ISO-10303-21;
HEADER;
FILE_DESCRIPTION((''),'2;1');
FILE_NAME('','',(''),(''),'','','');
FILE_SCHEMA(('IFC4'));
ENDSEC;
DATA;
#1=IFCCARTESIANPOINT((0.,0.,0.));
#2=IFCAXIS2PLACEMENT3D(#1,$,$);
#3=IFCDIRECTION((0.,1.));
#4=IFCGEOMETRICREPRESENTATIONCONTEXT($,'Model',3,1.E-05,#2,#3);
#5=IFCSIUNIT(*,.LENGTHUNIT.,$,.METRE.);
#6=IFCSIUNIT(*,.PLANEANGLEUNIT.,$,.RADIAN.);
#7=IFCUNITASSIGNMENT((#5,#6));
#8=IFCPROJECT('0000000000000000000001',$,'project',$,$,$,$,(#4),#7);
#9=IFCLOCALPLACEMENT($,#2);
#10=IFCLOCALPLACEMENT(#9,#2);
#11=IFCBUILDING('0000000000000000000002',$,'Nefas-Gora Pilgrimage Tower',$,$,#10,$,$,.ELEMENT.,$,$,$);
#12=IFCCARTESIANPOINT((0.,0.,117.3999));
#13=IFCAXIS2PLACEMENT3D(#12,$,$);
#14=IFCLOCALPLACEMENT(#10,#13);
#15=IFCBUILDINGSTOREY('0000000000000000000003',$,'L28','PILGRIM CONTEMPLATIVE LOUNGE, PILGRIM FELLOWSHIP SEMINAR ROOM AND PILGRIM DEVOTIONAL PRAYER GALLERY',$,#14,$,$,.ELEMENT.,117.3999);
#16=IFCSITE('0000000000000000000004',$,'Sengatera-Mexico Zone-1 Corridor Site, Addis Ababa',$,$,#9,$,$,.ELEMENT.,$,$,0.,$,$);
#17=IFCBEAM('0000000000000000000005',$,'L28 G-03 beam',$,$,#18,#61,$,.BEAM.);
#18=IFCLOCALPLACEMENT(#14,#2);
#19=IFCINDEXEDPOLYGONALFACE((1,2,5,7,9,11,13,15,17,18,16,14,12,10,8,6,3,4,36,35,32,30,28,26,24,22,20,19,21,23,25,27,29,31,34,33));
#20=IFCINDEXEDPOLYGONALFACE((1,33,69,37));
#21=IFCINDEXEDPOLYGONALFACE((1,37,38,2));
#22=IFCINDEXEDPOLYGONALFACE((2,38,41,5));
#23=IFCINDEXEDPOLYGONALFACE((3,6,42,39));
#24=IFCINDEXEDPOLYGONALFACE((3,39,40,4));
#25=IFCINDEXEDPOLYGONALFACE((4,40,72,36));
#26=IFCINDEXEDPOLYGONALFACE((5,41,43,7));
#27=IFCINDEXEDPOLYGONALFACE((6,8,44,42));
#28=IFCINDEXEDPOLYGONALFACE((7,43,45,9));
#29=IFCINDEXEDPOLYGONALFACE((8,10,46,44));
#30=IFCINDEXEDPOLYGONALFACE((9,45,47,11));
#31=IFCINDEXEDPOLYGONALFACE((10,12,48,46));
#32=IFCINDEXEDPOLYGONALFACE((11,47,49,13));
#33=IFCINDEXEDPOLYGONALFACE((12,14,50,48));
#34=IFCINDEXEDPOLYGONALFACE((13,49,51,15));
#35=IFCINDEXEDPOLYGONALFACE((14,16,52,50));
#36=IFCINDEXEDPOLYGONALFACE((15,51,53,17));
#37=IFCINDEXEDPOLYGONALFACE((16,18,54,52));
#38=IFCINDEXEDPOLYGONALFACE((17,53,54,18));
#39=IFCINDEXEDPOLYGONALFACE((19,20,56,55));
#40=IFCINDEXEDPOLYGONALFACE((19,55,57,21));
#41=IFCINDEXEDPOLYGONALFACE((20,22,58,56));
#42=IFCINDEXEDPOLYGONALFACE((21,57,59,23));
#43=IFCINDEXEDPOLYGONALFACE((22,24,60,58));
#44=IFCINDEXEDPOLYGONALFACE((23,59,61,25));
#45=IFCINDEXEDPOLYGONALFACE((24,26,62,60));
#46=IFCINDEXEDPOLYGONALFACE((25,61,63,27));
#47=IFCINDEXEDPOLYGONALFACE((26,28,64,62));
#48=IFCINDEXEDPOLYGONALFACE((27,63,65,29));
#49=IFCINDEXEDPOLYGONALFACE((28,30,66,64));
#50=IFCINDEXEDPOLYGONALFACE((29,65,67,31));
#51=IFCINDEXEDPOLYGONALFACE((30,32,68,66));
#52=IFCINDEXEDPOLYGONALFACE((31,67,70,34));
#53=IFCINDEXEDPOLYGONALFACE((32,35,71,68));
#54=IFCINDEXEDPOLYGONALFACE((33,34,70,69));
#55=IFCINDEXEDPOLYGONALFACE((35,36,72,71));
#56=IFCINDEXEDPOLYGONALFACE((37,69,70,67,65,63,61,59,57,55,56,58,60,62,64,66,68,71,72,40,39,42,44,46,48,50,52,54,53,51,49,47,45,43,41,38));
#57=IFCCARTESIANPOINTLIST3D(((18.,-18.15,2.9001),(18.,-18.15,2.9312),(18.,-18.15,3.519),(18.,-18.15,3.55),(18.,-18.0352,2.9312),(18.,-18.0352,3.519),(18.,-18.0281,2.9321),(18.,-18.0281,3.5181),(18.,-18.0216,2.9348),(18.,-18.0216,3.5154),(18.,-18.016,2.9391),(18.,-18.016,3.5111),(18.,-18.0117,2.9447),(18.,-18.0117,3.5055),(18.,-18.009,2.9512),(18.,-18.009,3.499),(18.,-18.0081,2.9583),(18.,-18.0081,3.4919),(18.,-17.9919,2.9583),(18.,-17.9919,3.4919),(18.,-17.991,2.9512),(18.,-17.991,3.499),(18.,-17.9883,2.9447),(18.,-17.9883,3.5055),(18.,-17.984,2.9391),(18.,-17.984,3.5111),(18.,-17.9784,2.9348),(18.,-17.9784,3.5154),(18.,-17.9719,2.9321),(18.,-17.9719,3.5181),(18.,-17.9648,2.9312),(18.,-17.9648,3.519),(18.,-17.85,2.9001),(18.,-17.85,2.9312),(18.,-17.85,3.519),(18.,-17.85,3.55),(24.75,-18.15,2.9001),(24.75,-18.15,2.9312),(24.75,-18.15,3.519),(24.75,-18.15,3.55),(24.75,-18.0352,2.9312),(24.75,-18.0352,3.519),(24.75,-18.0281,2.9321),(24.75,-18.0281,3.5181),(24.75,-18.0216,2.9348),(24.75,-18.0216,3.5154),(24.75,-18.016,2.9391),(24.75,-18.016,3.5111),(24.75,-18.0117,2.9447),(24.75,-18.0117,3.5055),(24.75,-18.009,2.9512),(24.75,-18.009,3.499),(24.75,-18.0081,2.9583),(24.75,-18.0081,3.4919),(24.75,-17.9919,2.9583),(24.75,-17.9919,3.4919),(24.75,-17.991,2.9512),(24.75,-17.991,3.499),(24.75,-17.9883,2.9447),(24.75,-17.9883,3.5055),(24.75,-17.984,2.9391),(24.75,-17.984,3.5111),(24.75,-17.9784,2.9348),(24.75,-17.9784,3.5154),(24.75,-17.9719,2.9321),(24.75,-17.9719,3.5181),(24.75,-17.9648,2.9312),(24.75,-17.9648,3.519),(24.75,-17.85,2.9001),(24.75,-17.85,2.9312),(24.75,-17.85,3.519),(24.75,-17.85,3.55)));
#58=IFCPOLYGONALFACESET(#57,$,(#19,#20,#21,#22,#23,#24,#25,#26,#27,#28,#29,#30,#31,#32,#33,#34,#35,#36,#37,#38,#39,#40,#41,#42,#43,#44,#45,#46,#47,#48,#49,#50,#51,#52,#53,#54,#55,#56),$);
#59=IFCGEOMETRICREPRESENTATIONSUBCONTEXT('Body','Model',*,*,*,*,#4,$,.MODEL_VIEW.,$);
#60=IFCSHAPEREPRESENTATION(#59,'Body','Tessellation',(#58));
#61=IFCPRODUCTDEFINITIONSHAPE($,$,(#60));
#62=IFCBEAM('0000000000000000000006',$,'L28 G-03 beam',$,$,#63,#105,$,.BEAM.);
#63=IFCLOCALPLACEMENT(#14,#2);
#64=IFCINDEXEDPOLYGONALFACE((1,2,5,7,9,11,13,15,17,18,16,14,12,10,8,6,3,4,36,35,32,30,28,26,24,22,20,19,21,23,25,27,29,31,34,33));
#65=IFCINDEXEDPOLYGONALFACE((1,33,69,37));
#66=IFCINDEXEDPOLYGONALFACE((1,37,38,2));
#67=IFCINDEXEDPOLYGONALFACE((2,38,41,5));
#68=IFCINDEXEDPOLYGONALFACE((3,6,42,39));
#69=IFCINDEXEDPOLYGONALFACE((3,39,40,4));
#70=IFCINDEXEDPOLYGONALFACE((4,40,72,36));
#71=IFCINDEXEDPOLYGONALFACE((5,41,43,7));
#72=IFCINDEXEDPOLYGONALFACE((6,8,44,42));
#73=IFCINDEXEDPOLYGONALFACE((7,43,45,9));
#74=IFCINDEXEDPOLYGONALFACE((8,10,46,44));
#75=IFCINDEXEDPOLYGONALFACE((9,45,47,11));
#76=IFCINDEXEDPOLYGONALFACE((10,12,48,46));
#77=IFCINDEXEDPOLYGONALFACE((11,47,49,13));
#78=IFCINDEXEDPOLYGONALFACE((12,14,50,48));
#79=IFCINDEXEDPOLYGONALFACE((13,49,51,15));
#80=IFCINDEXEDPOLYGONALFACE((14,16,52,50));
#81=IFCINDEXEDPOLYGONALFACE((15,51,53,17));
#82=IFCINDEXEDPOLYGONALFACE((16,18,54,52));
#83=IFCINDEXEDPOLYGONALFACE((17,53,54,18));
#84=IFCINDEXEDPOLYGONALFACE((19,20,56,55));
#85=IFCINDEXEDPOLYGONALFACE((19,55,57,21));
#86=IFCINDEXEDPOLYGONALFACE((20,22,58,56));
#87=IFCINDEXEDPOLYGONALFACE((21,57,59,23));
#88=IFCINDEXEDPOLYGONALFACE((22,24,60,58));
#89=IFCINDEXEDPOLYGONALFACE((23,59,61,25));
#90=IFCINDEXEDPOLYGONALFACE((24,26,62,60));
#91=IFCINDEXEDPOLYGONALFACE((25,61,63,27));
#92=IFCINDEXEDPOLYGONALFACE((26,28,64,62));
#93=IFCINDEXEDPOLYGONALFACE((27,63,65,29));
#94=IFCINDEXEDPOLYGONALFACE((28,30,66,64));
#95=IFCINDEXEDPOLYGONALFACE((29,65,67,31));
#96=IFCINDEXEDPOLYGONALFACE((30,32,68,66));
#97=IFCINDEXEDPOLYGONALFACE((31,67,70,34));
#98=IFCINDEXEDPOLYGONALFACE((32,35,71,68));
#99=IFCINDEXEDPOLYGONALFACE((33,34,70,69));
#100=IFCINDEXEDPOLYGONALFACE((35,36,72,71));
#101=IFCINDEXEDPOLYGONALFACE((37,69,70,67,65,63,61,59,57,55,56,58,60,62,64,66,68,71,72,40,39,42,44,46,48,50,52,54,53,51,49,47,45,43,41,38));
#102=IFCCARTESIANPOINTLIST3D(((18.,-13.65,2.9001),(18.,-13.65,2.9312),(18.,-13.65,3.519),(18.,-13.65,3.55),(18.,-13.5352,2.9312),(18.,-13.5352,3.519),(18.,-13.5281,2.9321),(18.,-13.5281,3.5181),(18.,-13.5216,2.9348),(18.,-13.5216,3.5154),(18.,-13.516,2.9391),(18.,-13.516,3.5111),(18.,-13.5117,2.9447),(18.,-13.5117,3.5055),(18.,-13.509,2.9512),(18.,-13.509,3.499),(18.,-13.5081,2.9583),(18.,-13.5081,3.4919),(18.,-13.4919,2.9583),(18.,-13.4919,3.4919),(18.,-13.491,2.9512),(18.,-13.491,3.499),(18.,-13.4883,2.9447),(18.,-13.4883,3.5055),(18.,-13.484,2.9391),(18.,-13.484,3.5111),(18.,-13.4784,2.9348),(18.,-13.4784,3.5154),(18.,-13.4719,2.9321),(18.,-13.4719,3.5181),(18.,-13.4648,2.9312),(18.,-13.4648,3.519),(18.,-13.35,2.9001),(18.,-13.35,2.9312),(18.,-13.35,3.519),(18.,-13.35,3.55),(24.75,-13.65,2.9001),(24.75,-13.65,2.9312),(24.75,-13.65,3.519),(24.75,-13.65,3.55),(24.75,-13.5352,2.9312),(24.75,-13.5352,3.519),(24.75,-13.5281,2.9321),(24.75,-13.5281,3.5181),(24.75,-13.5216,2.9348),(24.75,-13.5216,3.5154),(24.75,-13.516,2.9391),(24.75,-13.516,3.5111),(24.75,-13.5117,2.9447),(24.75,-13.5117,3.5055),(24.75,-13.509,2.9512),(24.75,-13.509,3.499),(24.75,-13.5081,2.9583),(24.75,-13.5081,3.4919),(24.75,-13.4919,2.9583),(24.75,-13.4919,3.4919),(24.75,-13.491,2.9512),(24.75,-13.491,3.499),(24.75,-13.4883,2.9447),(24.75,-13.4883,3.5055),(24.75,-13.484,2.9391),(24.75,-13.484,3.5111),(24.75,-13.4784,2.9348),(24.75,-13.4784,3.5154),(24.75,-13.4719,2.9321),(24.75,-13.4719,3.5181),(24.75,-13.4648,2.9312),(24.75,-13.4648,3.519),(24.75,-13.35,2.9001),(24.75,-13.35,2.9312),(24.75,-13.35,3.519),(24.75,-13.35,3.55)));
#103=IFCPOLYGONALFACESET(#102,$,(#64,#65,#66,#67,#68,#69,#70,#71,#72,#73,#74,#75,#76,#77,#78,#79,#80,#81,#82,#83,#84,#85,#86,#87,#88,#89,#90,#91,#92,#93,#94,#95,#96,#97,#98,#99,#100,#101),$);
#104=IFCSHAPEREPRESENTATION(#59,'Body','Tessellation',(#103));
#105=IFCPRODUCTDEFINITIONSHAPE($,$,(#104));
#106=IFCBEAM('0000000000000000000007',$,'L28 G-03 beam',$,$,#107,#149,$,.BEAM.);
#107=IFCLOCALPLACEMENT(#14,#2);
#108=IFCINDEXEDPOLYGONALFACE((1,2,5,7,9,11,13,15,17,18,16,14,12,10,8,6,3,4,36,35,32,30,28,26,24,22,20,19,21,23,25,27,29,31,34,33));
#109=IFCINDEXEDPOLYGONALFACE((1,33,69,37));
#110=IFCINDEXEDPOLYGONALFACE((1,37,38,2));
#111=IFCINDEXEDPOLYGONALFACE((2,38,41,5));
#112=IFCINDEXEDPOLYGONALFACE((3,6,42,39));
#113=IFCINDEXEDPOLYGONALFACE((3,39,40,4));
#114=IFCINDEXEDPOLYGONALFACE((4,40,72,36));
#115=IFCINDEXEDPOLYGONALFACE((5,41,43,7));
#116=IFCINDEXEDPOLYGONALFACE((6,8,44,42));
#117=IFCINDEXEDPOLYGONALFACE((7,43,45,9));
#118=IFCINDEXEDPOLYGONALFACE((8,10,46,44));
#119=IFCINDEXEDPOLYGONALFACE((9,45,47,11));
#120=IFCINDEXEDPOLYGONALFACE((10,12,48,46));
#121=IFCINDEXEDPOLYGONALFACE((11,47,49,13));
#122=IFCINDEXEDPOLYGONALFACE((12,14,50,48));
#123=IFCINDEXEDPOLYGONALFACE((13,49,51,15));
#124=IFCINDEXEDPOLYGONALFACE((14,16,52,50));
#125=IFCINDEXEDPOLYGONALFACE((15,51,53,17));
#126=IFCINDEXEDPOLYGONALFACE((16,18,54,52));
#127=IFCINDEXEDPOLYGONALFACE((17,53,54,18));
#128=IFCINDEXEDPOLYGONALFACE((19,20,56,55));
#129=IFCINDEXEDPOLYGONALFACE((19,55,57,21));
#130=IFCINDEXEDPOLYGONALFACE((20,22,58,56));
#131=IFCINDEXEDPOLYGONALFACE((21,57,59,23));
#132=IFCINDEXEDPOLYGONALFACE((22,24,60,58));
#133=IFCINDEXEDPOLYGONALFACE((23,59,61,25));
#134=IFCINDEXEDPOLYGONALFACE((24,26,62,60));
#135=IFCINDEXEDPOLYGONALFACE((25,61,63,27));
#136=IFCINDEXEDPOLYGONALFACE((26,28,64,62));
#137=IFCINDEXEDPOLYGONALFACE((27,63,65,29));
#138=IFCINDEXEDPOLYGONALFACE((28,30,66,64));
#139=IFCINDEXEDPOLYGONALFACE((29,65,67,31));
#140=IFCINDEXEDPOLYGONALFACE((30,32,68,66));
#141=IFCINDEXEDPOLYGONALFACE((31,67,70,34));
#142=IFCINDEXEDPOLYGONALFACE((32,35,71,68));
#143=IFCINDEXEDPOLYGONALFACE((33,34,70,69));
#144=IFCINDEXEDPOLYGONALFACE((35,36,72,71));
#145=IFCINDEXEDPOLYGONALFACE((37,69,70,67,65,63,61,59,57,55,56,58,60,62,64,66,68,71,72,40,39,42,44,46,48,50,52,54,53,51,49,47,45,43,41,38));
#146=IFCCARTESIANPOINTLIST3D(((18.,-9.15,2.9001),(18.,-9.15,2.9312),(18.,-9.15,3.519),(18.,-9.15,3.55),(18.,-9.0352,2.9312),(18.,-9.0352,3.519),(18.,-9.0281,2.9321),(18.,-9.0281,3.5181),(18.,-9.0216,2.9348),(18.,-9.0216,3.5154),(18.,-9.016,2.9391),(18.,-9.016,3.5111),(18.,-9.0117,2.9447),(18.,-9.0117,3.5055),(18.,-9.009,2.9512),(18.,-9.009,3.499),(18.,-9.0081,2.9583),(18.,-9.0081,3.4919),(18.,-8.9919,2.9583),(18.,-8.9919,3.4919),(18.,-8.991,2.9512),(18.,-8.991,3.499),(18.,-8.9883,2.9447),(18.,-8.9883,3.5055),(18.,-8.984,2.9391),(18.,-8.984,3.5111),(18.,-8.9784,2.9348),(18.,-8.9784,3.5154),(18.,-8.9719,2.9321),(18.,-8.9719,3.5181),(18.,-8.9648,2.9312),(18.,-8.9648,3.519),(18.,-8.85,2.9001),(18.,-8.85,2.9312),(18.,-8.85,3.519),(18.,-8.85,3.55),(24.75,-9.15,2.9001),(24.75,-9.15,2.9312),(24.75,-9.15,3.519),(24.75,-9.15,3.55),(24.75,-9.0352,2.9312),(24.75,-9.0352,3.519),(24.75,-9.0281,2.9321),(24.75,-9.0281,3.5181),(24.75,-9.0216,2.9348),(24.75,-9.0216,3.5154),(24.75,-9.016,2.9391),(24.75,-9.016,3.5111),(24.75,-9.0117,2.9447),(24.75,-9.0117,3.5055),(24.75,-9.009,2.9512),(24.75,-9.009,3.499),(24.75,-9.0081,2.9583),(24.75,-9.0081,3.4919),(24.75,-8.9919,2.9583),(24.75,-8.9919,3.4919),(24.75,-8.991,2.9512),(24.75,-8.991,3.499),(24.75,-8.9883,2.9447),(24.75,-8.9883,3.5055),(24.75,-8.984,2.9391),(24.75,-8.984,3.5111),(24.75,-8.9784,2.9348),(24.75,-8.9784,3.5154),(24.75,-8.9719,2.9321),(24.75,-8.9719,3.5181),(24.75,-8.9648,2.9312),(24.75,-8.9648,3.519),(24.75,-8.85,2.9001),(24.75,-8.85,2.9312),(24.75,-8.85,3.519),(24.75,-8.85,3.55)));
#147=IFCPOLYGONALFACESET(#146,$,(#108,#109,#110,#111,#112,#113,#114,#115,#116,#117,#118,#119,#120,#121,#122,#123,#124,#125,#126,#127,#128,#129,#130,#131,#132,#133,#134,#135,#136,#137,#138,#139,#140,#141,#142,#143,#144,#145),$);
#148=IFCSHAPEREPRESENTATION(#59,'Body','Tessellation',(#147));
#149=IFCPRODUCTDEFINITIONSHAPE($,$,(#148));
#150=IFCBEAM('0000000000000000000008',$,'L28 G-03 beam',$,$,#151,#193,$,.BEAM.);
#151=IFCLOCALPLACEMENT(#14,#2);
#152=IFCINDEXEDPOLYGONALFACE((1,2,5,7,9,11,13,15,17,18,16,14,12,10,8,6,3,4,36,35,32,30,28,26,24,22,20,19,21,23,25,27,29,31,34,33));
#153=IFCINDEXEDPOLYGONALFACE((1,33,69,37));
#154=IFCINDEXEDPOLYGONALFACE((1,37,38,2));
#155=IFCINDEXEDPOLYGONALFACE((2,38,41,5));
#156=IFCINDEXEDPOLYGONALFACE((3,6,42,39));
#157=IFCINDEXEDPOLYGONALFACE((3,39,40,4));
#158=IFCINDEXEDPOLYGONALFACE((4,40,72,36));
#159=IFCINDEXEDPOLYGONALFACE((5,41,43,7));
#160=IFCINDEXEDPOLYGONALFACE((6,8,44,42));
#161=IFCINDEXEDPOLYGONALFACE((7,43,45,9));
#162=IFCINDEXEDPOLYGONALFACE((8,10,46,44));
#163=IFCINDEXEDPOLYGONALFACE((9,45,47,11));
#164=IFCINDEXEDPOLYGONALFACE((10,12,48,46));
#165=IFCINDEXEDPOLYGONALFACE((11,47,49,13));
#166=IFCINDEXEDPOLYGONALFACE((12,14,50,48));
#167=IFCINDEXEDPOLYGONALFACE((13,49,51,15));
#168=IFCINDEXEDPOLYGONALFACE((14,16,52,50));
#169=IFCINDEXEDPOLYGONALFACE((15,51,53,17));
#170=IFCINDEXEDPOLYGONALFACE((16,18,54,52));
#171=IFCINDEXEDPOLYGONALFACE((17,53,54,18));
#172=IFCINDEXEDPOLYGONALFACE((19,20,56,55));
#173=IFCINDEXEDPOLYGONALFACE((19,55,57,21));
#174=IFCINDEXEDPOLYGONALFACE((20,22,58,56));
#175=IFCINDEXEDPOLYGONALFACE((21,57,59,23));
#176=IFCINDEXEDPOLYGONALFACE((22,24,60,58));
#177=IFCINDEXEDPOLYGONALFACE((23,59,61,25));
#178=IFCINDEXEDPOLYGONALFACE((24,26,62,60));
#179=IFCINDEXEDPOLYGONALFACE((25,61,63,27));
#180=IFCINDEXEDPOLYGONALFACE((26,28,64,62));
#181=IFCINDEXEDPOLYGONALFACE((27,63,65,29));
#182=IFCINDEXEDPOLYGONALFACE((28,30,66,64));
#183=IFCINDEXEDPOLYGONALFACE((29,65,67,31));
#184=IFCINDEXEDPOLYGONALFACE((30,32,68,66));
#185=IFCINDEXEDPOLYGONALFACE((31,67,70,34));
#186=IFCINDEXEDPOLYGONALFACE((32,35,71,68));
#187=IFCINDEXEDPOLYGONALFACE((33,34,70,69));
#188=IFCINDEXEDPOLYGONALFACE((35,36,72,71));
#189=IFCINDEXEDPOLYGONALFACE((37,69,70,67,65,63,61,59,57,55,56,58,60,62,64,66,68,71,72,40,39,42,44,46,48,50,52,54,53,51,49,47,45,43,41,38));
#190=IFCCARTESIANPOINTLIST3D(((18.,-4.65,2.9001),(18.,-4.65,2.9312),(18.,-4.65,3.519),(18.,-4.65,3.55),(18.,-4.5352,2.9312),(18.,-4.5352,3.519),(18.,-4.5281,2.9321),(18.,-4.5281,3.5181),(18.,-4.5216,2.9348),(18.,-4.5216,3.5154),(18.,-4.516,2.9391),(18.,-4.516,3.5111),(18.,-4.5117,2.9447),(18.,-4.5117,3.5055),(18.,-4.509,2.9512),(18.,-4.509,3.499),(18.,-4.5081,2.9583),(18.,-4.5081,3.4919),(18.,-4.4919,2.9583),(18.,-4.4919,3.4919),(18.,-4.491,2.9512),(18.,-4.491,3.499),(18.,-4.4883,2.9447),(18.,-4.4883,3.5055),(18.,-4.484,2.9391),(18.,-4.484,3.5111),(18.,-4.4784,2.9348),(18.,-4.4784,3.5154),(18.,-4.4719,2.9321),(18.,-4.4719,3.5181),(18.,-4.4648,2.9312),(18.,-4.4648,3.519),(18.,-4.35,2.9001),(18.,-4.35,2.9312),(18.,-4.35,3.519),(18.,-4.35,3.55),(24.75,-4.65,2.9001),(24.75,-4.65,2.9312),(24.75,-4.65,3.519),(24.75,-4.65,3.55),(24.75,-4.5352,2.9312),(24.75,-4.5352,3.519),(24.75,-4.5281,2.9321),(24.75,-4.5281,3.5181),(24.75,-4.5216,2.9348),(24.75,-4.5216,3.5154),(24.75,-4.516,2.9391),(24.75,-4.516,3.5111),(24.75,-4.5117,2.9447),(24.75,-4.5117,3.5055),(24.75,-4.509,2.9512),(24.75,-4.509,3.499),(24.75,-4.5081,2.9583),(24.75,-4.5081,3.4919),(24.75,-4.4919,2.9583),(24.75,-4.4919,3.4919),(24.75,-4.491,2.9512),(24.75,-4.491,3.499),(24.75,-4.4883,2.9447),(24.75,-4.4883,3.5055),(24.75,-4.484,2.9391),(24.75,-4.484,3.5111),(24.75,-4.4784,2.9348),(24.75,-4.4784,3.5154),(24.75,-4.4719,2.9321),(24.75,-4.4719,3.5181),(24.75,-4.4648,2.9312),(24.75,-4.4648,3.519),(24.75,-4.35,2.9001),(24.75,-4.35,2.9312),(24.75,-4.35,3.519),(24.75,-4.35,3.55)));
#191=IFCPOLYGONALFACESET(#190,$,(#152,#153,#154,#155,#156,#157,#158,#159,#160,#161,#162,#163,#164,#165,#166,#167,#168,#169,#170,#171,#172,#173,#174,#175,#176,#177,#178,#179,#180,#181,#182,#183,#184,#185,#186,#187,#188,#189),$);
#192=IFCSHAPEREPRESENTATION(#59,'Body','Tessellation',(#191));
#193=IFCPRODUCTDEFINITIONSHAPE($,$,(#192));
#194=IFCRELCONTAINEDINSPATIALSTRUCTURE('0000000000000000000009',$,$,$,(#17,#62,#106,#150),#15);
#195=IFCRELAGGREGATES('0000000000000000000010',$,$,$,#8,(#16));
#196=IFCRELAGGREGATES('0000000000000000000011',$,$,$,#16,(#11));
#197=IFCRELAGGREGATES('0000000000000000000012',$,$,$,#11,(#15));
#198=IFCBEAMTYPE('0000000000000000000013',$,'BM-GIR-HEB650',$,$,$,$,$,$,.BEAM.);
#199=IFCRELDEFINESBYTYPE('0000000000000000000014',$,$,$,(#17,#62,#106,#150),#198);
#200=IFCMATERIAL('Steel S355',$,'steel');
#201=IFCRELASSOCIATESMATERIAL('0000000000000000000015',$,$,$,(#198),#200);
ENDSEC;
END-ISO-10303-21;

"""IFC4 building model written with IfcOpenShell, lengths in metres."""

from ifc_helpers import new_model, si_unit, direction, frame, origin, origin_2d, place, context, subcontext, project, spatial, i_section, extrude, source, transform, mapped, material, material_profile, profile_set, type_object, element, save


model = new_model("IFC4")

# Units and contexts
model_context = context("Model", 3, precision=1e-05, world=origin(), true_north=direction((0.0, 1.0)))
body_context = subcontext(model_context, "Body", "Model", "MODEL_VIEW")
ifc_project = project(units=[si_unit("LENGTHUNIT", "METRE"), si_unit("PLANEANGLEUNIT", "RADIAN")], contexts=[model_context])

# Site, building, storey
site_placement = place(None, origin())
site = spatial("IfcSite", under=ifc_project, at=site_placement, Name="Sengatera-Mexico Zone-1 Corridor Site, Addis Ababa", CompositionType="ELEMENT", RefElevation=0.0)
building_placement = place(site_placement, origin())
building = spatial("IfcBuilding", under=site, at=building_placement, Name="Nefas-Gora Pilgrimage Tower", CompositionType="ELEMENT")
storey_placement = place(building_placement, frame((0.0, 0.0, 117.3999)))
storey = spatial("IfcBuildingStorey", under=building, at=storey_placement, Name="L28", Description="PILGRIM CONTEMPLATIVE LOUNGE, PILGRIM FELLOWSHIP SEMINAR ROOM AND PILGRIM DEVOTIONAL PRAYER GALLERY", CompositionType="ELEMENT", Elevation=117.3999)

# Beams
ifc_material_1 = material(Name="Steel S355", Category="steel")
ifc_material_profile_1 = material_profile(ifc_material_1, i_section(OverallWidth=0.3, OverallDepth=0.6499, WebThickness=0.0161, FlangeThickness=0.031, FilletRadius=0.0271, at=origin_2d()), Name="HEB 650")
ifc_profile_set_1 = profile_set([ifc_material_profile_1], Name="Steel S355")
beam_type_1 = type_object("IfcBeamType", Name="BM-GIR-HEB650", PredefinedType="BEAM", material=ifc_profile_set_1)
shared_shape_1 = source(origin(), body_context, "Body", "SweptSolid", [
    extrude(i_section(OverallWidth=0.3, OverallDepth=0.6499, WebThickness=0.0161, FlangeThickness=0.031, FilletRadius=0.0271, at=origin_2d()), origin(), (0.0, 0.0, 1.0), 6.75),
])
for number, where, z_axis, x_axis, name in (
    (1, (18.0, -18.0, 3.2251), (1.0, 0.0, 0.0), (0.0, 1.0, 0.0), "L28 G-03 beam"),
    (2, (18.0, -13.5, 3.2251), (1.0, 0.0, 0.0), (0.0, 1.0, 0.0), "L28 G-03 beam"),
    (3, (18.0, -9.0, 3.2251), (1.0, 0.0, 0.0), (0.0, 1.0, 0.0), "L28 G-03 beam"),
    (4, (18.0, -4.5, 3.2251), (1.0, 0.0, 0.0), (0.0, 1.0, 0.0), "L28 G-03 beam"),
):
    element("IfcBeam", number, at=place(storey_placement, frame(where, z_axis=z_axis, x_axis=x_axis)), inside=storey, type_object=beam_type_1, Name=name, PredefinedType="BEAM", context=body_context, shape_type="MappedRepresentation", body=[
        mapped(shared_shape_1, transform((0.0, 0.0, 0.0), x_axis=(1.0, 0.0, 0.0), y_axis=(0.0, 1.0, 0.0), z_axis=(0.0, 0.0, 1.0), scale=1.0)),
    ])

save(model, "model.ifc")
